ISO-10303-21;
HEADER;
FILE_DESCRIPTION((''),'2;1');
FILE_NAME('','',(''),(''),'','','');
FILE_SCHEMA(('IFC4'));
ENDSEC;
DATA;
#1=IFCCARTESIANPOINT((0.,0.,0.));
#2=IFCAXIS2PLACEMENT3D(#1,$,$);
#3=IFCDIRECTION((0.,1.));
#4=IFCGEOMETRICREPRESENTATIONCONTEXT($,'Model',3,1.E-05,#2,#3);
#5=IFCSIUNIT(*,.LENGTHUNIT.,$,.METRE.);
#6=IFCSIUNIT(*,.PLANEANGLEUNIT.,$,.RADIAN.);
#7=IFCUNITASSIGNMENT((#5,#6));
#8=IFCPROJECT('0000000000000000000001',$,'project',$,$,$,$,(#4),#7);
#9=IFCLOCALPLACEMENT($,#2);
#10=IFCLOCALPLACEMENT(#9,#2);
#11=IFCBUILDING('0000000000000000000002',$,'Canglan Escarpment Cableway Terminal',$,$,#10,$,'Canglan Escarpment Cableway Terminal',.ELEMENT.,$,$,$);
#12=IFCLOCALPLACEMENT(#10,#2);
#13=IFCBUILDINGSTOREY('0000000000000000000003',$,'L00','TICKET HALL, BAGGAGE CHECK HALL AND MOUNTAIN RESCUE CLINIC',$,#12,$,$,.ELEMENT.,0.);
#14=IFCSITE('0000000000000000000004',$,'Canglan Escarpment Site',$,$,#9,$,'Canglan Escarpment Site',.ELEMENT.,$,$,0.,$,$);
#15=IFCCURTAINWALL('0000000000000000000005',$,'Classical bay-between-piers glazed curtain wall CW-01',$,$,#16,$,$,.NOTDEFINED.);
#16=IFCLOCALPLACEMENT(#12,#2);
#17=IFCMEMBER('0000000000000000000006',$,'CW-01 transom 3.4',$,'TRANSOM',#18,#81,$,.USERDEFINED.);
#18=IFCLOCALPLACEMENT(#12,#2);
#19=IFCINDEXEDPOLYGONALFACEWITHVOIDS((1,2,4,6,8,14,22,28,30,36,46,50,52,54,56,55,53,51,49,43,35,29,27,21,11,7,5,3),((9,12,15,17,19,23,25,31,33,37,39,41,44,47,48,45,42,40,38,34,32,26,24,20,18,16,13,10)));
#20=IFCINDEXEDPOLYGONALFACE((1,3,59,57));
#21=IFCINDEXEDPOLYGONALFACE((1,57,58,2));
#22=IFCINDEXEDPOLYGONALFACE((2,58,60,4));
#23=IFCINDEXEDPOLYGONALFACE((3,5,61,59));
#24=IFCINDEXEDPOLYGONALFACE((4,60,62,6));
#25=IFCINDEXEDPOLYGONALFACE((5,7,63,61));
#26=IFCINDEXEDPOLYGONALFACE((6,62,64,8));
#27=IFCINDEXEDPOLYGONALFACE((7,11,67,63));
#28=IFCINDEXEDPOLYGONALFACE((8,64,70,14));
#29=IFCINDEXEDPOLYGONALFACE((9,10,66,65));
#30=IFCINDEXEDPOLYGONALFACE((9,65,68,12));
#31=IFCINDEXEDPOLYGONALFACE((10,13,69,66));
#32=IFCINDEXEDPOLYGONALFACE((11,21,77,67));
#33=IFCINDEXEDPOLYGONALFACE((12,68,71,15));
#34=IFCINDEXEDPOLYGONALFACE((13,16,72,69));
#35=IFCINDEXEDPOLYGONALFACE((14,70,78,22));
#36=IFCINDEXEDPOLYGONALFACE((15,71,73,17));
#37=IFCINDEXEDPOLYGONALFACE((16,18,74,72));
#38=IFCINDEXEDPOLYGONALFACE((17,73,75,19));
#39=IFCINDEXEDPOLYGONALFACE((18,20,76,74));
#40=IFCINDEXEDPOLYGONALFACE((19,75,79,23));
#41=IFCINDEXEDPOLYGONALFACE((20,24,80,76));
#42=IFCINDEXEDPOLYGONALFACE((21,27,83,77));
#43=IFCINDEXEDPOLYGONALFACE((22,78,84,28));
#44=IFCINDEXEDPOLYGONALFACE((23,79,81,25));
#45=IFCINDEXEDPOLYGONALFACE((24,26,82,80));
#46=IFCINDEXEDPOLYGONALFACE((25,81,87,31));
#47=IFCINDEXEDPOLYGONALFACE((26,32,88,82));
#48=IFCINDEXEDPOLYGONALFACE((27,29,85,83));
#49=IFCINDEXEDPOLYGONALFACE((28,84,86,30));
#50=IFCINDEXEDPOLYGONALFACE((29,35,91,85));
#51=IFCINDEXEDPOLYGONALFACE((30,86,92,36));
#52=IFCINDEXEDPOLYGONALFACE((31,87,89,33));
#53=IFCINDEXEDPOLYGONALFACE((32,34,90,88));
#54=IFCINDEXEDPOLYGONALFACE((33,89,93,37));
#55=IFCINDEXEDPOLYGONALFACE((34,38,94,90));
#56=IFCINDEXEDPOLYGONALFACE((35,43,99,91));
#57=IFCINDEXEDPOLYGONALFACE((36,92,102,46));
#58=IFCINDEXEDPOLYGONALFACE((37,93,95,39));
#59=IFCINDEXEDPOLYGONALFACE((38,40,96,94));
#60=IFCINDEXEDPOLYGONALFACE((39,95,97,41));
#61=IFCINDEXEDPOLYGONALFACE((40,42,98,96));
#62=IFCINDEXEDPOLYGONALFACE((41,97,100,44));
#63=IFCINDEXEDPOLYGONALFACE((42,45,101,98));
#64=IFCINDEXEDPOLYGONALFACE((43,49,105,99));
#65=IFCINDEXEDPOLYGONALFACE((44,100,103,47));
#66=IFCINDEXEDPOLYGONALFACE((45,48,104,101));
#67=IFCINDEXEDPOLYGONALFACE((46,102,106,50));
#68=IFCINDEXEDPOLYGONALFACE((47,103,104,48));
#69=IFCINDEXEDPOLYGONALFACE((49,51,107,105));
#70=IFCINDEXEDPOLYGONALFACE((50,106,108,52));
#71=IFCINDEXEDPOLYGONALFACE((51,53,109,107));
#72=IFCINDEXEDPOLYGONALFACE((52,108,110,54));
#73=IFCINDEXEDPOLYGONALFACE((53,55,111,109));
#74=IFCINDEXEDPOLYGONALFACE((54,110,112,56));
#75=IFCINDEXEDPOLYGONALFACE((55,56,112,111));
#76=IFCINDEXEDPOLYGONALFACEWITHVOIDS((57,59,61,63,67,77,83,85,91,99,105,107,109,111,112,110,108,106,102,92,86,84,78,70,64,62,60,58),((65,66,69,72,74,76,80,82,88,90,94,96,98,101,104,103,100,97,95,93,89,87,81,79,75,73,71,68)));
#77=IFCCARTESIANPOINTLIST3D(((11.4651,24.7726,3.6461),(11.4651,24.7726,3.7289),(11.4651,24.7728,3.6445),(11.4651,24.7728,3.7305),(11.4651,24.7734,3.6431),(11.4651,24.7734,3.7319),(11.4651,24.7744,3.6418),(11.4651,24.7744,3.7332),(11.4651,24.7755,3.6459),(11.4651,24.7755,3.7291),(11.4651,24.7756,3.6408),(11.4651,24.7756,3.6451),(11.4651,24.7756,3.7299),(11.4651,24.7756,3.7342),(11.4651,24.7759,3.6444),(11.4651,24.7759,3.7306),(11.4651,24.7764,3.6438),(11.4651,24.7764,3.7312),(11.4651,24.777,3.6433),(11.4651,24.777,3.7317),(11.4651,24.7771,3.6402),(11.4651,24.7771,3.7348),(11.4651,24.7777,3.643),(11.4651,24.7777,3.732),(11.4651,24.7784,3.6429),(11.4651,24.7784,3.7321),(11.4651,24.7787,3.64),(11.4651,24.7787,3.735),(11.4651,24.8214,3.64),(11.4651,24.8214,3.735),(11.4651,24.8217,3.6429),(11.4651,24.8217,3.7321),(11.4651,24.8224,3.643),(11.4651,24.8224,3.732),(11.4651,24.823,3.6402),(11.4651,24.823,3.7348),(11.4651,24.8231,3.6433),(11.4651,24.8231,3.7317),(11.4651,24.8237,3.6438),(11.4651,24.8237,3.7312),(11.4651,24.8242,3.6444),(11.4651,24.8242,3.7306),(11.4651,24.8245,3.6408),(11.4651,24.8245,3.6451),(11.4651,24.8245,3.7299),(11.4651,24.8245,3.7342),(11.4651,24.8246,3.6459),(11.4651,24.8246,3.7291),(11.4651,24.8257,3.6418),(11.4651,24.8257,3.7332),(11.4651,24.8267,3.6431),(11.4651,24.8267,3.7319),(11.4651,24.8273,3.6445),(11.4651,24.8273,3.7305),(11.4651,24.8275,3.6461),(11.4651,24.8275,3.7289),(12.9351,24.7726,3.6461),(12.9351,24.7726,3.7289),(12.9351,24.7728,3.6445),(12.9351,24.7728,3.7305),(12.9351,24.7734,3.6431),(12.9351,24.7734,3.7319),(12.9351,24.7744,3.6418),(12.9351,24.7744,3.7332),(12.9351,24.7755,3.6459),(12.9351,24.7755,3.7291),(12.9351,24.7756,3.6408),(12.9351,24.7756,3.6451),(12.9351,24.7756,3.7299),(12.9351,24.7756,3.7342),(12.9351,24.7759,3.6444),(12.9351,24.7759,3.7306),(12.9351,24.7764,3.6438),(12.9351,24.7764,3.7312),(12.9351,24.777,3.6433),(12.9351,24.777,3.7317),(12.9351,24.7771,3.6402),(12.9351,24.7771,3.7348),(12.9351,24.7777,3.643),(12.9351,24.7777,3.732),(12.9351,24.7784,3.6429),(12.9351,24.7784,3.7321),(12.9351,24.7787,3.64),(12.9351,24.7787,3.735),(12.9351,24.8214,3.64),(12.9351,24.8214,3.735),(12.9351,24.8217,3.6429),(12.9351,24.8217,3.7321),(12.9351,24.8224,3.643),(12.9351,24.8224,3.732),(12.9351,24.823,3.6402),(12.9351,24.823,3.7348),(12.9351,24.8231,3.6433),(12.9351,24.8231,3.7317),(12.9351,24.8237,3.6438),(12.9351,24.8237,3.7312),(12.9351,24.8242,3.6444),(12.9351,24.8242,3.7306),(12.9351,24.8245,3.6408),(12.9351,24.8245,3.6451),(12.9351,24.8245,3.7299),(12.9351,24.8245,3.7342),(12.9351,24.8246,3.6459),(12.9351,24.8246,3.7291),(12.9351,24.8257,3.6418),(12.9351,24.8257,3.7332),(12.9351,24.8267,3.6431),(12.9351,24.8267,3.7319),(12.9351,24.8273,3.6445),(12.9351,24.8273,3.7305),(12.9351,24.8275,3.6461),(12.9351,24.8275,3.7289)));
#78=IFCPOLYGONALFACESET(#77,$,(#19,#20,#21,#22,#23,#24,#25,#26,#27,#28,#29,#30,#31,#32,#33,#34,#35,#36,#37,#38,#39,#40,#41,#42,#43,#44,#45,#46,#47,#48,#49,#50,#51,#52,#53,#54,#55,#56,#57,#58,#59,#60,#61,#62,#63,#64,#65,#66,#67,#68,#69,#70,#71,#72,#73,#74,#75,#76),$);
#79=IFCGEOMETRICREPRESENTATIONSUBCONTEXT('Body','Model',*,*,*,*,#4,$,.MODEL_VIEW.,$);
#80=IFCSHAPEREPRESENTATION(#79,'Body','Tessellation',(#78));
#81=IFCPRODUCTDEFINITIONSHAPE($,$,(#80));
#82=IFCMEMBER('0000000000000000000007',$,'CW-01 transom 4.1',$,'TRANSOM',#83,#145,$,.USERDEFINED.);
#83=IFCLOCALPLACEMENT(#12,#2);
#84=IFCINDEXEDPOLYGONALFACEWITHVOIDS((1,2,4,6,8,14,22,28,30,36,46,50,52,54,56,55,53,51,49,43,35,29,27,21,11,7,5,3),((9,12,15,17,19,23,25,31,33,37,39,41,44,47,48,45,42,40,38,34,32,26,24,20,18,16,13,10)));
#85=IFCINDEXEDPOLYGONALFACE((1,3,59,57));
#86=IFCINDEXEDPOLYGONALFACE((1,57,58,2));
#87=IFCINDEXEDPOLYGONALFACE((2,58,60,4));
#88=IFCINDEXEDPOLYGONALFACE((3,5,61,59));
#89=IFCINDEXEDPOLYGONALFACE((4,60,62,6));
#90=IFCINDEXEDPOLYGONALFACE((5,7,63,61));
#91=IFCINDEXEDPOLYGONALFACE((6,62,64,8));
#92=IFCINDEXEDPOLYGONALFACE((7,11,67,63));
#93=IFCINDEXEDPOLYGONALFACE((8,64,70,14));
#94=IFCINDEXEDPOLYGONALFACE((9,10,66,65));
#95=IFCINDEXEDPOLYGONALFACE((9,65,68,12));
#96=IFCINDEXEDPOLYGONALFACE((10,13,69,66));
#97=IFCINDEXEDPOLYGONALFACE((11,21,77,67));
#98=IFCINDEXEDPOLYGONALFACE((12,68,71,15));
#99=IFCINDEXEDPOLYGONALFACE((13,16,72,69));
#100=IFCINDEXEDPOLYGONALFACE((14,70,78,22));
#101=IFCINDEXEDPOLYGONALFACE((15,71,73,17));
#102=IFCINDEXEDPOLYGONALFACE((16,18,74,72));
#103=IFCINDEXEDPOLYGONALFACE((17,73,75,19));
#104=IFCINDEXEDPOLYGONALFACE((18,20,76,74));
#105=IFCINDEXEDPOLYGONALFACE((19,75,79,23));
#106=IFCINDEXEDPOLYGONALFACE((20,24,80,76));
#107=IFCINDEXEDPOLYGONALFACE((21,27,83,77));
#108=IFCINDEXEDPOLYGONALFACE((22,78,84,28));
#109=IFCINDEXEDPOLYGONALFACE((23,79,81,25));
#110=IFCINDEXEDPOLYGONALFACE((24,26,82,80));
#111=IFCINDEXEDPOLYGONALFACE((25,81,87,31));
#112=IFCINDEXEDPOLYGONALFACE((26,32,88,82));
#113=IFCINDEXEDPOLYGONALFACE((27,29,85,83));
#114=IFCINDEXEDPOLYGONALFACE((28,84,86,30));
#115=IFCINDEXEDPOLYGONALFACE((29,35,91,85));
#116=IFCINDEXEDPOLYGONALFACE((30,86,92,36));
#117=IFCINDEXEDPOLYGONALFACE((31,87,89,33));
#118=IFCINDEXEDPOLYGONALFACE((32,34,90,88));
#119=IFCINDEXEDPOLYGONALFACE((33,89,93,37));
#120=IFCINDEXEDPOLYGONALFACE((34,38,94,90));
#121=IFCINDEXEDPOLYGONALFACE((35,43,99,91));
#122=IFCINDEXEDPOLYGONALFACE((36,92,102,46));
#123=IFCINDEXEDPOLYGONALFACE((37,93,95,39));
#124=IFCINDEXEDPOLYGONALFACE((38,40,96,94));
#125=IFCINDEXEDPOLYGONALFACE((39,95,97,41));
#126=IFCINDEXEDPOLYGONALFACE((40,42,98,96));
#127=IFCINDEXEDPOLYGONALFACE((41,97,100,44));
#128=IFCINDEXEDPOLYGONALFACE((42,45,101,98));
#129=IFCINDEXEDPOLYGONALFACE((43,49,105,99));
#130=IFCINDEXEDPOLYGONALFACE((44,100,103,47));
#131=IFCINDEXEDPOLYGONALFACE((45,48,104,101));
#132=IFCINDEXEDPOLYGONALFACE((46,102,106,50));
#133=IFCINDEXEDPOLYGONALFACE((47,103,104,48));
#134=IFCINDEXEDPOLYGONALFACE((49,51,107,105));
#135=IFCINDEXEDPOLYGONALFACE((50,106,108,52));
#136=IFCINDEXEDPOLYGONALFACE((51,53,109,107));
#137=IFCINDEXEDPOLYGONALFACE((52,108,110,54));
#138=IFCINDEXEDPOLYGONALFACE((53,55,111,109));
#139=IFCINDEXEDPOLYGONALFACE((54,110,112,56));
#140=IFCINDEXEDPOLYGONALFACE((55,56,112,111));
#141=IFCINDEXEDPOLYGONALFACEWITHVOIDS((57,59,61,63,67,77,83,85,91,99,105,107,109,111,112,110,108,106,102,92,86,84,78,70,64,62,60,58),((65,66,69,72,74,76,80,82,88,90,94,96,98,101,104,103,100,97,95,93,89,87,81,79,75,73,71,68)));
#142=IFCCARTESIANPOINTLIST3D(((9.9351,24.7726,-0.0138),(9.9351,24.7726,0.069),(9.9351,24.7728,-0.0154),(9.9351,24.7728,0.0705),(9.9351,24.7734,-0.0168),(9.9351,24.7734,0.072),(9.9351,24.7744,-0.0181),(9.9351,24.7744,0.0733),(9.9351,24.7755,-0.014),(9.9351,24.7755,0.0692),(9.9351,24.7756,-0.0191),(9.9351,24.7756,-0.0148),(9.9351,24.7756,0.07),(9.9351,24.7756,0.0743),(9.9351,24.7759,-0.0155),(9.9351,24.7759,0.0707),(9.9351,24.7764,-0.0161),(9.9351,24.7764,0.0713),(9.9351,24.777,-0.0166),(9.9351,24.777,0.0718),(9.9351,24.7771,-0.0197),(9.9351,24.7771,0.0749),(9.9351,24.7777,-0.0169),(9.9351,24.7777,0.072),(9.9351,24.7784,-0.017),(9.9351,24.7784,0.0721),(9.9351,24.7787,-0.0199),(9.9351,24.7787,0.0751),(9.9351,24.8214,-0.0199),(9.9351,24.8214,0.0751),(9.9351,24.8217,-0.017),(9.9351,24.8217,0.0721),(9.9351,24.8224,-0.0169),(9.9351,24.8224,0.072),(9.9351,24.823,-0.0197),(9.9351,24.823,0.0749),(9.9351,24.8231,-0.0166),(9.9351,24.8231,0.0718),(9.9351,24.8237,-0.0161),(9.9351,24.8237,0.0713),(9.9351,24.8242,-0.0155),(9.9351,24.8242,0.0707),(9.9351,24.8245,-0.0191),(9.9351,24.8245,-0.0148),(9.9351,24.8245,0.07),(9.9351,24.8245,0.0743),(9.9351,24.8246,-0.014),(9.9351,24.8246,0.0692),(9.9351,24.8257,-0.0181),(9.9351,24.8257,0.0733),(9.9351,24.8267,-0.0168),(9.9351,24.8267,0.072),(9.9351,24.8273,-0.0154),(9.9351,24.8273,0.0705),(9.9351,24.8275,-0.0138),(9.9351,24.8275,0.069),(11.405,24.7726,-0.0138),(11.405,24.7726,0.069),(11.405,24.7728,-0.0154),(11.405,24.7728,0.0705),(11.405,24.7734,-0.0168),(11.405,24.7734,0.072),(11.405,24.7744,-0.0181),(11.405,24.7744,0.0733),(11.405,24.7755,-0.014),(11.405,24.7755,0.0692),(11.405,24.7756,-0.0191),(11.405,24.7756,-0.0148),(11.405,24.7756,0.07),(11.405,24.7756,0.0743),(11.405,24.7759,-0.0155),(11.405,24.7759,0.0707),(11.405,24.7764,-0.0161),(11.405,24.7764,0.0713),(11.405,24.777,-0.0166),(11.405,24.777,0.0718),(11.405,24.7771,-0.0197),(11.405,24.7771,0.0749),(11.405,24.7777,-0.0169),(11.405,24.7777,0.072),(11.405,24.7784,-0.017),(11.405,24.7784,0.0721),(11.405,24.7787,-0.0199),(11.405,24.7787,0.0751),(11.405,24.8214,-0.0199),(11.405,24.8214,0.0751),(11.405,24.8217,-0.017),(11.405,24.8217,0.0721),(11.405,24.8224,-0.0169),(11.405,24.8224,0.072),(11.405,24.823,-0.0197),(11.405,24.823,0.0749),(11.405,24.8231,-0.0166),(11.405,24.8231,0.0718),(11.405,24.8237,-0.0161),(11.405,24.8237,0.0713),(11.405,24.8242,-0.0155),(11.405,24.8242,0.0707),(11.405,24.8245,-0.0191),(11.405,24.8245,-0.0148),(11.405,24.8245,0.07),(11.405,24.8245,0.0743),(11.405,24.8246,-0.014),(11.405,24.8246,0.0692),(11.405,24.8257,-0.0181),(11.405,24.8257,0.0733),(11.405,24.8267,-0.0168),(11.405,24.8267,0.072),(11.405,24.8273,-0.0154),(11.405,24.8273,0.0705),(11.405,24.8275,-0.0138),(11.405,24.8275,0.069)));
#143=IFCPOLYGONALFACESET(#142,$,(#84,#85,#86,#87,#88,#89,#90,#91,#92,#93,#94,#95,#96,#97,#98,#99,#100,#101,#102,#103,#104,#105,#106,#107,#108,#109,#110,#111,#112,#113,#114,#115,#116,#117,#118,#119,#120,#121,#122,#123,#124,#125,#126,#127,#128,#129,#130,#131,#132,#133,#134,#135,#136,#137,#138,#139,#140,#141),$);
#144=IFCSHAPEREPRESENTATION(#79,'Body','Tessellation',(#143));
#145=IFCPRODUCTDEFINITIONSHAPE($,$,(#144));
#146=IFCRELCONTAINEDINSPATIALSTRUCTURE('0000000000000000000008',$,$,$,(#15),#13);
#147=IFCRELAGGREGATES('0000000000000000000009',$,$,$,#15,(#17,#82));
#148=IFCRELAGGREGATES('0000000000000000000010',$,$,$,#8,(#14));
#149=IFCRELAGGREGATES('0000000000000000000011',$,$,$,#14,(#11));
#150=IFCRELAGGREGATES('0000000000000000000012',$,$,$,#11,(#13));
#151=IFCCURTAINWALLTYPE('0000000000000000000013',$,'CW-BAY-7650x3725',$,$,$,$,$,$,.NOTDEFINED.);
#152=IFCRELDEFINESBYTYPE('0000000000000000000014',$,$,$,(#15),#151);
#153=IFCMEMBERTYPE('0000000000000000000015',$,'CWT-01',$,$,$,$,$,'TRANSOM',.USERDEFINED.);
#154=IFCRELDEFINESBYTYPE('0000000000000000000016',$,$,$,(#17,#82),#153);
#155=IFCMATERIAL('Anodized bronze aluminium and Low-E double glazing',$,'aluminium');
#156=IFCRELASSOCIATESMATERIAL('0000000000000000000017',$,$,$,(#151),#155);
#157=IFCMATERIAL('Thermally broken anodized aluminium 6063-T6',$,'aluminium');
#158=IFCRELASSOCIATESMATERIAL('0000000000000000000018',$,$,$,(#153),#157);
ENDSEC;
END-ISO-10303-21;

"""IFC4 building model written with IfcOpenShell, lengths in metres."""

from ifc_helpers import new_model, si_unit, direction, frame, origin, origin_2d, place, context, subcontext, project, spatial, hollow_rectangle, extrude, material, material_profile, profile_set, type_object, element, aggregate, save


model = new_model("IFC4")

# Units and contexts
model_context = context("Model", 3, precision=1e-05, world=origin(), true_north=direction((0.0, 1.0)))
body_context = subcontext(model_context, "Body", "Model", "MODEL_VIEW")
ifc_project = project(units=[si_unit("LENGTHUNIT", "METRE"), si_unit("PLANEANGLEUNIT", "RADIAN")], contexts=[model_context])

# Site, building, storey
site_placement = place(None, origin())
site = spatial("IfcSite", under=ifc_project, at=site_placement, Name="Canglan Escarpment Site", LongName="Canglan Escarpment Site", CompositionType="ELEMENT", RefElevation=0.0)
building_placement = place(site_placement, origin())
building = spatial("IfcBuilding", under=site, at=building_placement, Name="Canglan Escarpment Cableway Terminal", LongName="Canglan Escarpment Cableway Terminal", CompositionType="ELEMENT")
storey_placement = place(building_placement, origin())
storey = spatial("IfcBuildingStorey", under=building, at=storey_placement, Name="L00", Description="TICKET HALL, BAGGAGE CHECK HALL AND MOUNTAIN RESCUE CLINIC", CompositionType="ELEMENT", Elevation=0.0)

# Curtain wall, members
ifc_material_1 = material(Name="Anodized bronze aluminium and Low-E double glazing", Category="aluminium")
curtain_wall_type = type_object("IfcCurtainWallType", Name="CW-BAY-7650x3725", PredefinedType="NOTDEFINED", material=ifc_material_1)
curtain_wall_placement = place(storey_placement, origin())
curtain_wall = element("IfcCurtainWall", 1, at=curtain_wall_placement, inside=storey, type_object=curtain_wall_type, Name="Classical bay-between-piers glazed curtain wall CW-01", PredefinedType="NOTDEFINED")
ifc_material_2 = material(Name="Thermally broken anodized aluminium 6063-T6", Category="aluminium")
ifc_material_profile_1 = material_profile(ifc_material_2, hollow_rectangle(XDim=0.0549, YDim=0.095, WallThickness=0.0029, InnerFilletRadius=0.0029, OuterFilletRadius=0.0061, at=origin_2d()), Name="ALU-TRAN 55x95x3")
ifc_profile_set_1 = profile_set([ifc_material_profile_1], Name="Thermally broken anodized aluminium 6063-T6")
member_type_1 = type_object("IfcMemberType", Name="CWT-01", ElementType="TRANSOM", PredefinedType="USERDEFINED", material=ifc_profile_set_1)
member_1_placement = place(storey_placement, frame((12.9351, 24.8, 3.6875), z_axis=(-1.0, 0.0, 0.0), x_axis=(0.0, -1.0, 0.0)))
member_1 = element("IfcMember", 2, at=member_1_placement, type_object=member_type_1, Name="CW-01 transom 3.4", ObjectType="TRANSOM", PredefinedType="USERDEFINED", context=body_context, shape_type="SweptSolid", body=[
    extrude(hollow_rectangle(XDim=0.0549, YDim=0.095, WallThickness=0.0029, InnerFilletRadius=0.0029, OuterFilletRadius=0.0061, at=origin_2d()), origin(), (0.0, 0.0, 1.0), 1.47),
])
member_2_placement = place(storey_placement, frame((11.405, 24.8, 0.0276), z_axis=(-1.0, 0.0, 0.0), x_axis=(0.0, -1.0, 0.0)))
member_2 = element("IfcMember", 3, at=member_2_placement, type_object=member_type_1, Name="CW-01 transom 4.1", ObjectType="TRANSOM", PredefinedType="USERDEFINED", context=body_context, shape_type="SweptSolid", body=[
    extrude(hollow_rectangle(XDim=0.0549, YDim=0.095, WallThickness=0.0029, InnerFilletRadius=0.0029, OuterFilletRadius=0.0061, at=origin_2d()), origin(), (0.0, 0.0, 1.0), 1.47),
])
aggregate(curtain_wall, [member_1, member_2])

save(model, "model.ifc")
